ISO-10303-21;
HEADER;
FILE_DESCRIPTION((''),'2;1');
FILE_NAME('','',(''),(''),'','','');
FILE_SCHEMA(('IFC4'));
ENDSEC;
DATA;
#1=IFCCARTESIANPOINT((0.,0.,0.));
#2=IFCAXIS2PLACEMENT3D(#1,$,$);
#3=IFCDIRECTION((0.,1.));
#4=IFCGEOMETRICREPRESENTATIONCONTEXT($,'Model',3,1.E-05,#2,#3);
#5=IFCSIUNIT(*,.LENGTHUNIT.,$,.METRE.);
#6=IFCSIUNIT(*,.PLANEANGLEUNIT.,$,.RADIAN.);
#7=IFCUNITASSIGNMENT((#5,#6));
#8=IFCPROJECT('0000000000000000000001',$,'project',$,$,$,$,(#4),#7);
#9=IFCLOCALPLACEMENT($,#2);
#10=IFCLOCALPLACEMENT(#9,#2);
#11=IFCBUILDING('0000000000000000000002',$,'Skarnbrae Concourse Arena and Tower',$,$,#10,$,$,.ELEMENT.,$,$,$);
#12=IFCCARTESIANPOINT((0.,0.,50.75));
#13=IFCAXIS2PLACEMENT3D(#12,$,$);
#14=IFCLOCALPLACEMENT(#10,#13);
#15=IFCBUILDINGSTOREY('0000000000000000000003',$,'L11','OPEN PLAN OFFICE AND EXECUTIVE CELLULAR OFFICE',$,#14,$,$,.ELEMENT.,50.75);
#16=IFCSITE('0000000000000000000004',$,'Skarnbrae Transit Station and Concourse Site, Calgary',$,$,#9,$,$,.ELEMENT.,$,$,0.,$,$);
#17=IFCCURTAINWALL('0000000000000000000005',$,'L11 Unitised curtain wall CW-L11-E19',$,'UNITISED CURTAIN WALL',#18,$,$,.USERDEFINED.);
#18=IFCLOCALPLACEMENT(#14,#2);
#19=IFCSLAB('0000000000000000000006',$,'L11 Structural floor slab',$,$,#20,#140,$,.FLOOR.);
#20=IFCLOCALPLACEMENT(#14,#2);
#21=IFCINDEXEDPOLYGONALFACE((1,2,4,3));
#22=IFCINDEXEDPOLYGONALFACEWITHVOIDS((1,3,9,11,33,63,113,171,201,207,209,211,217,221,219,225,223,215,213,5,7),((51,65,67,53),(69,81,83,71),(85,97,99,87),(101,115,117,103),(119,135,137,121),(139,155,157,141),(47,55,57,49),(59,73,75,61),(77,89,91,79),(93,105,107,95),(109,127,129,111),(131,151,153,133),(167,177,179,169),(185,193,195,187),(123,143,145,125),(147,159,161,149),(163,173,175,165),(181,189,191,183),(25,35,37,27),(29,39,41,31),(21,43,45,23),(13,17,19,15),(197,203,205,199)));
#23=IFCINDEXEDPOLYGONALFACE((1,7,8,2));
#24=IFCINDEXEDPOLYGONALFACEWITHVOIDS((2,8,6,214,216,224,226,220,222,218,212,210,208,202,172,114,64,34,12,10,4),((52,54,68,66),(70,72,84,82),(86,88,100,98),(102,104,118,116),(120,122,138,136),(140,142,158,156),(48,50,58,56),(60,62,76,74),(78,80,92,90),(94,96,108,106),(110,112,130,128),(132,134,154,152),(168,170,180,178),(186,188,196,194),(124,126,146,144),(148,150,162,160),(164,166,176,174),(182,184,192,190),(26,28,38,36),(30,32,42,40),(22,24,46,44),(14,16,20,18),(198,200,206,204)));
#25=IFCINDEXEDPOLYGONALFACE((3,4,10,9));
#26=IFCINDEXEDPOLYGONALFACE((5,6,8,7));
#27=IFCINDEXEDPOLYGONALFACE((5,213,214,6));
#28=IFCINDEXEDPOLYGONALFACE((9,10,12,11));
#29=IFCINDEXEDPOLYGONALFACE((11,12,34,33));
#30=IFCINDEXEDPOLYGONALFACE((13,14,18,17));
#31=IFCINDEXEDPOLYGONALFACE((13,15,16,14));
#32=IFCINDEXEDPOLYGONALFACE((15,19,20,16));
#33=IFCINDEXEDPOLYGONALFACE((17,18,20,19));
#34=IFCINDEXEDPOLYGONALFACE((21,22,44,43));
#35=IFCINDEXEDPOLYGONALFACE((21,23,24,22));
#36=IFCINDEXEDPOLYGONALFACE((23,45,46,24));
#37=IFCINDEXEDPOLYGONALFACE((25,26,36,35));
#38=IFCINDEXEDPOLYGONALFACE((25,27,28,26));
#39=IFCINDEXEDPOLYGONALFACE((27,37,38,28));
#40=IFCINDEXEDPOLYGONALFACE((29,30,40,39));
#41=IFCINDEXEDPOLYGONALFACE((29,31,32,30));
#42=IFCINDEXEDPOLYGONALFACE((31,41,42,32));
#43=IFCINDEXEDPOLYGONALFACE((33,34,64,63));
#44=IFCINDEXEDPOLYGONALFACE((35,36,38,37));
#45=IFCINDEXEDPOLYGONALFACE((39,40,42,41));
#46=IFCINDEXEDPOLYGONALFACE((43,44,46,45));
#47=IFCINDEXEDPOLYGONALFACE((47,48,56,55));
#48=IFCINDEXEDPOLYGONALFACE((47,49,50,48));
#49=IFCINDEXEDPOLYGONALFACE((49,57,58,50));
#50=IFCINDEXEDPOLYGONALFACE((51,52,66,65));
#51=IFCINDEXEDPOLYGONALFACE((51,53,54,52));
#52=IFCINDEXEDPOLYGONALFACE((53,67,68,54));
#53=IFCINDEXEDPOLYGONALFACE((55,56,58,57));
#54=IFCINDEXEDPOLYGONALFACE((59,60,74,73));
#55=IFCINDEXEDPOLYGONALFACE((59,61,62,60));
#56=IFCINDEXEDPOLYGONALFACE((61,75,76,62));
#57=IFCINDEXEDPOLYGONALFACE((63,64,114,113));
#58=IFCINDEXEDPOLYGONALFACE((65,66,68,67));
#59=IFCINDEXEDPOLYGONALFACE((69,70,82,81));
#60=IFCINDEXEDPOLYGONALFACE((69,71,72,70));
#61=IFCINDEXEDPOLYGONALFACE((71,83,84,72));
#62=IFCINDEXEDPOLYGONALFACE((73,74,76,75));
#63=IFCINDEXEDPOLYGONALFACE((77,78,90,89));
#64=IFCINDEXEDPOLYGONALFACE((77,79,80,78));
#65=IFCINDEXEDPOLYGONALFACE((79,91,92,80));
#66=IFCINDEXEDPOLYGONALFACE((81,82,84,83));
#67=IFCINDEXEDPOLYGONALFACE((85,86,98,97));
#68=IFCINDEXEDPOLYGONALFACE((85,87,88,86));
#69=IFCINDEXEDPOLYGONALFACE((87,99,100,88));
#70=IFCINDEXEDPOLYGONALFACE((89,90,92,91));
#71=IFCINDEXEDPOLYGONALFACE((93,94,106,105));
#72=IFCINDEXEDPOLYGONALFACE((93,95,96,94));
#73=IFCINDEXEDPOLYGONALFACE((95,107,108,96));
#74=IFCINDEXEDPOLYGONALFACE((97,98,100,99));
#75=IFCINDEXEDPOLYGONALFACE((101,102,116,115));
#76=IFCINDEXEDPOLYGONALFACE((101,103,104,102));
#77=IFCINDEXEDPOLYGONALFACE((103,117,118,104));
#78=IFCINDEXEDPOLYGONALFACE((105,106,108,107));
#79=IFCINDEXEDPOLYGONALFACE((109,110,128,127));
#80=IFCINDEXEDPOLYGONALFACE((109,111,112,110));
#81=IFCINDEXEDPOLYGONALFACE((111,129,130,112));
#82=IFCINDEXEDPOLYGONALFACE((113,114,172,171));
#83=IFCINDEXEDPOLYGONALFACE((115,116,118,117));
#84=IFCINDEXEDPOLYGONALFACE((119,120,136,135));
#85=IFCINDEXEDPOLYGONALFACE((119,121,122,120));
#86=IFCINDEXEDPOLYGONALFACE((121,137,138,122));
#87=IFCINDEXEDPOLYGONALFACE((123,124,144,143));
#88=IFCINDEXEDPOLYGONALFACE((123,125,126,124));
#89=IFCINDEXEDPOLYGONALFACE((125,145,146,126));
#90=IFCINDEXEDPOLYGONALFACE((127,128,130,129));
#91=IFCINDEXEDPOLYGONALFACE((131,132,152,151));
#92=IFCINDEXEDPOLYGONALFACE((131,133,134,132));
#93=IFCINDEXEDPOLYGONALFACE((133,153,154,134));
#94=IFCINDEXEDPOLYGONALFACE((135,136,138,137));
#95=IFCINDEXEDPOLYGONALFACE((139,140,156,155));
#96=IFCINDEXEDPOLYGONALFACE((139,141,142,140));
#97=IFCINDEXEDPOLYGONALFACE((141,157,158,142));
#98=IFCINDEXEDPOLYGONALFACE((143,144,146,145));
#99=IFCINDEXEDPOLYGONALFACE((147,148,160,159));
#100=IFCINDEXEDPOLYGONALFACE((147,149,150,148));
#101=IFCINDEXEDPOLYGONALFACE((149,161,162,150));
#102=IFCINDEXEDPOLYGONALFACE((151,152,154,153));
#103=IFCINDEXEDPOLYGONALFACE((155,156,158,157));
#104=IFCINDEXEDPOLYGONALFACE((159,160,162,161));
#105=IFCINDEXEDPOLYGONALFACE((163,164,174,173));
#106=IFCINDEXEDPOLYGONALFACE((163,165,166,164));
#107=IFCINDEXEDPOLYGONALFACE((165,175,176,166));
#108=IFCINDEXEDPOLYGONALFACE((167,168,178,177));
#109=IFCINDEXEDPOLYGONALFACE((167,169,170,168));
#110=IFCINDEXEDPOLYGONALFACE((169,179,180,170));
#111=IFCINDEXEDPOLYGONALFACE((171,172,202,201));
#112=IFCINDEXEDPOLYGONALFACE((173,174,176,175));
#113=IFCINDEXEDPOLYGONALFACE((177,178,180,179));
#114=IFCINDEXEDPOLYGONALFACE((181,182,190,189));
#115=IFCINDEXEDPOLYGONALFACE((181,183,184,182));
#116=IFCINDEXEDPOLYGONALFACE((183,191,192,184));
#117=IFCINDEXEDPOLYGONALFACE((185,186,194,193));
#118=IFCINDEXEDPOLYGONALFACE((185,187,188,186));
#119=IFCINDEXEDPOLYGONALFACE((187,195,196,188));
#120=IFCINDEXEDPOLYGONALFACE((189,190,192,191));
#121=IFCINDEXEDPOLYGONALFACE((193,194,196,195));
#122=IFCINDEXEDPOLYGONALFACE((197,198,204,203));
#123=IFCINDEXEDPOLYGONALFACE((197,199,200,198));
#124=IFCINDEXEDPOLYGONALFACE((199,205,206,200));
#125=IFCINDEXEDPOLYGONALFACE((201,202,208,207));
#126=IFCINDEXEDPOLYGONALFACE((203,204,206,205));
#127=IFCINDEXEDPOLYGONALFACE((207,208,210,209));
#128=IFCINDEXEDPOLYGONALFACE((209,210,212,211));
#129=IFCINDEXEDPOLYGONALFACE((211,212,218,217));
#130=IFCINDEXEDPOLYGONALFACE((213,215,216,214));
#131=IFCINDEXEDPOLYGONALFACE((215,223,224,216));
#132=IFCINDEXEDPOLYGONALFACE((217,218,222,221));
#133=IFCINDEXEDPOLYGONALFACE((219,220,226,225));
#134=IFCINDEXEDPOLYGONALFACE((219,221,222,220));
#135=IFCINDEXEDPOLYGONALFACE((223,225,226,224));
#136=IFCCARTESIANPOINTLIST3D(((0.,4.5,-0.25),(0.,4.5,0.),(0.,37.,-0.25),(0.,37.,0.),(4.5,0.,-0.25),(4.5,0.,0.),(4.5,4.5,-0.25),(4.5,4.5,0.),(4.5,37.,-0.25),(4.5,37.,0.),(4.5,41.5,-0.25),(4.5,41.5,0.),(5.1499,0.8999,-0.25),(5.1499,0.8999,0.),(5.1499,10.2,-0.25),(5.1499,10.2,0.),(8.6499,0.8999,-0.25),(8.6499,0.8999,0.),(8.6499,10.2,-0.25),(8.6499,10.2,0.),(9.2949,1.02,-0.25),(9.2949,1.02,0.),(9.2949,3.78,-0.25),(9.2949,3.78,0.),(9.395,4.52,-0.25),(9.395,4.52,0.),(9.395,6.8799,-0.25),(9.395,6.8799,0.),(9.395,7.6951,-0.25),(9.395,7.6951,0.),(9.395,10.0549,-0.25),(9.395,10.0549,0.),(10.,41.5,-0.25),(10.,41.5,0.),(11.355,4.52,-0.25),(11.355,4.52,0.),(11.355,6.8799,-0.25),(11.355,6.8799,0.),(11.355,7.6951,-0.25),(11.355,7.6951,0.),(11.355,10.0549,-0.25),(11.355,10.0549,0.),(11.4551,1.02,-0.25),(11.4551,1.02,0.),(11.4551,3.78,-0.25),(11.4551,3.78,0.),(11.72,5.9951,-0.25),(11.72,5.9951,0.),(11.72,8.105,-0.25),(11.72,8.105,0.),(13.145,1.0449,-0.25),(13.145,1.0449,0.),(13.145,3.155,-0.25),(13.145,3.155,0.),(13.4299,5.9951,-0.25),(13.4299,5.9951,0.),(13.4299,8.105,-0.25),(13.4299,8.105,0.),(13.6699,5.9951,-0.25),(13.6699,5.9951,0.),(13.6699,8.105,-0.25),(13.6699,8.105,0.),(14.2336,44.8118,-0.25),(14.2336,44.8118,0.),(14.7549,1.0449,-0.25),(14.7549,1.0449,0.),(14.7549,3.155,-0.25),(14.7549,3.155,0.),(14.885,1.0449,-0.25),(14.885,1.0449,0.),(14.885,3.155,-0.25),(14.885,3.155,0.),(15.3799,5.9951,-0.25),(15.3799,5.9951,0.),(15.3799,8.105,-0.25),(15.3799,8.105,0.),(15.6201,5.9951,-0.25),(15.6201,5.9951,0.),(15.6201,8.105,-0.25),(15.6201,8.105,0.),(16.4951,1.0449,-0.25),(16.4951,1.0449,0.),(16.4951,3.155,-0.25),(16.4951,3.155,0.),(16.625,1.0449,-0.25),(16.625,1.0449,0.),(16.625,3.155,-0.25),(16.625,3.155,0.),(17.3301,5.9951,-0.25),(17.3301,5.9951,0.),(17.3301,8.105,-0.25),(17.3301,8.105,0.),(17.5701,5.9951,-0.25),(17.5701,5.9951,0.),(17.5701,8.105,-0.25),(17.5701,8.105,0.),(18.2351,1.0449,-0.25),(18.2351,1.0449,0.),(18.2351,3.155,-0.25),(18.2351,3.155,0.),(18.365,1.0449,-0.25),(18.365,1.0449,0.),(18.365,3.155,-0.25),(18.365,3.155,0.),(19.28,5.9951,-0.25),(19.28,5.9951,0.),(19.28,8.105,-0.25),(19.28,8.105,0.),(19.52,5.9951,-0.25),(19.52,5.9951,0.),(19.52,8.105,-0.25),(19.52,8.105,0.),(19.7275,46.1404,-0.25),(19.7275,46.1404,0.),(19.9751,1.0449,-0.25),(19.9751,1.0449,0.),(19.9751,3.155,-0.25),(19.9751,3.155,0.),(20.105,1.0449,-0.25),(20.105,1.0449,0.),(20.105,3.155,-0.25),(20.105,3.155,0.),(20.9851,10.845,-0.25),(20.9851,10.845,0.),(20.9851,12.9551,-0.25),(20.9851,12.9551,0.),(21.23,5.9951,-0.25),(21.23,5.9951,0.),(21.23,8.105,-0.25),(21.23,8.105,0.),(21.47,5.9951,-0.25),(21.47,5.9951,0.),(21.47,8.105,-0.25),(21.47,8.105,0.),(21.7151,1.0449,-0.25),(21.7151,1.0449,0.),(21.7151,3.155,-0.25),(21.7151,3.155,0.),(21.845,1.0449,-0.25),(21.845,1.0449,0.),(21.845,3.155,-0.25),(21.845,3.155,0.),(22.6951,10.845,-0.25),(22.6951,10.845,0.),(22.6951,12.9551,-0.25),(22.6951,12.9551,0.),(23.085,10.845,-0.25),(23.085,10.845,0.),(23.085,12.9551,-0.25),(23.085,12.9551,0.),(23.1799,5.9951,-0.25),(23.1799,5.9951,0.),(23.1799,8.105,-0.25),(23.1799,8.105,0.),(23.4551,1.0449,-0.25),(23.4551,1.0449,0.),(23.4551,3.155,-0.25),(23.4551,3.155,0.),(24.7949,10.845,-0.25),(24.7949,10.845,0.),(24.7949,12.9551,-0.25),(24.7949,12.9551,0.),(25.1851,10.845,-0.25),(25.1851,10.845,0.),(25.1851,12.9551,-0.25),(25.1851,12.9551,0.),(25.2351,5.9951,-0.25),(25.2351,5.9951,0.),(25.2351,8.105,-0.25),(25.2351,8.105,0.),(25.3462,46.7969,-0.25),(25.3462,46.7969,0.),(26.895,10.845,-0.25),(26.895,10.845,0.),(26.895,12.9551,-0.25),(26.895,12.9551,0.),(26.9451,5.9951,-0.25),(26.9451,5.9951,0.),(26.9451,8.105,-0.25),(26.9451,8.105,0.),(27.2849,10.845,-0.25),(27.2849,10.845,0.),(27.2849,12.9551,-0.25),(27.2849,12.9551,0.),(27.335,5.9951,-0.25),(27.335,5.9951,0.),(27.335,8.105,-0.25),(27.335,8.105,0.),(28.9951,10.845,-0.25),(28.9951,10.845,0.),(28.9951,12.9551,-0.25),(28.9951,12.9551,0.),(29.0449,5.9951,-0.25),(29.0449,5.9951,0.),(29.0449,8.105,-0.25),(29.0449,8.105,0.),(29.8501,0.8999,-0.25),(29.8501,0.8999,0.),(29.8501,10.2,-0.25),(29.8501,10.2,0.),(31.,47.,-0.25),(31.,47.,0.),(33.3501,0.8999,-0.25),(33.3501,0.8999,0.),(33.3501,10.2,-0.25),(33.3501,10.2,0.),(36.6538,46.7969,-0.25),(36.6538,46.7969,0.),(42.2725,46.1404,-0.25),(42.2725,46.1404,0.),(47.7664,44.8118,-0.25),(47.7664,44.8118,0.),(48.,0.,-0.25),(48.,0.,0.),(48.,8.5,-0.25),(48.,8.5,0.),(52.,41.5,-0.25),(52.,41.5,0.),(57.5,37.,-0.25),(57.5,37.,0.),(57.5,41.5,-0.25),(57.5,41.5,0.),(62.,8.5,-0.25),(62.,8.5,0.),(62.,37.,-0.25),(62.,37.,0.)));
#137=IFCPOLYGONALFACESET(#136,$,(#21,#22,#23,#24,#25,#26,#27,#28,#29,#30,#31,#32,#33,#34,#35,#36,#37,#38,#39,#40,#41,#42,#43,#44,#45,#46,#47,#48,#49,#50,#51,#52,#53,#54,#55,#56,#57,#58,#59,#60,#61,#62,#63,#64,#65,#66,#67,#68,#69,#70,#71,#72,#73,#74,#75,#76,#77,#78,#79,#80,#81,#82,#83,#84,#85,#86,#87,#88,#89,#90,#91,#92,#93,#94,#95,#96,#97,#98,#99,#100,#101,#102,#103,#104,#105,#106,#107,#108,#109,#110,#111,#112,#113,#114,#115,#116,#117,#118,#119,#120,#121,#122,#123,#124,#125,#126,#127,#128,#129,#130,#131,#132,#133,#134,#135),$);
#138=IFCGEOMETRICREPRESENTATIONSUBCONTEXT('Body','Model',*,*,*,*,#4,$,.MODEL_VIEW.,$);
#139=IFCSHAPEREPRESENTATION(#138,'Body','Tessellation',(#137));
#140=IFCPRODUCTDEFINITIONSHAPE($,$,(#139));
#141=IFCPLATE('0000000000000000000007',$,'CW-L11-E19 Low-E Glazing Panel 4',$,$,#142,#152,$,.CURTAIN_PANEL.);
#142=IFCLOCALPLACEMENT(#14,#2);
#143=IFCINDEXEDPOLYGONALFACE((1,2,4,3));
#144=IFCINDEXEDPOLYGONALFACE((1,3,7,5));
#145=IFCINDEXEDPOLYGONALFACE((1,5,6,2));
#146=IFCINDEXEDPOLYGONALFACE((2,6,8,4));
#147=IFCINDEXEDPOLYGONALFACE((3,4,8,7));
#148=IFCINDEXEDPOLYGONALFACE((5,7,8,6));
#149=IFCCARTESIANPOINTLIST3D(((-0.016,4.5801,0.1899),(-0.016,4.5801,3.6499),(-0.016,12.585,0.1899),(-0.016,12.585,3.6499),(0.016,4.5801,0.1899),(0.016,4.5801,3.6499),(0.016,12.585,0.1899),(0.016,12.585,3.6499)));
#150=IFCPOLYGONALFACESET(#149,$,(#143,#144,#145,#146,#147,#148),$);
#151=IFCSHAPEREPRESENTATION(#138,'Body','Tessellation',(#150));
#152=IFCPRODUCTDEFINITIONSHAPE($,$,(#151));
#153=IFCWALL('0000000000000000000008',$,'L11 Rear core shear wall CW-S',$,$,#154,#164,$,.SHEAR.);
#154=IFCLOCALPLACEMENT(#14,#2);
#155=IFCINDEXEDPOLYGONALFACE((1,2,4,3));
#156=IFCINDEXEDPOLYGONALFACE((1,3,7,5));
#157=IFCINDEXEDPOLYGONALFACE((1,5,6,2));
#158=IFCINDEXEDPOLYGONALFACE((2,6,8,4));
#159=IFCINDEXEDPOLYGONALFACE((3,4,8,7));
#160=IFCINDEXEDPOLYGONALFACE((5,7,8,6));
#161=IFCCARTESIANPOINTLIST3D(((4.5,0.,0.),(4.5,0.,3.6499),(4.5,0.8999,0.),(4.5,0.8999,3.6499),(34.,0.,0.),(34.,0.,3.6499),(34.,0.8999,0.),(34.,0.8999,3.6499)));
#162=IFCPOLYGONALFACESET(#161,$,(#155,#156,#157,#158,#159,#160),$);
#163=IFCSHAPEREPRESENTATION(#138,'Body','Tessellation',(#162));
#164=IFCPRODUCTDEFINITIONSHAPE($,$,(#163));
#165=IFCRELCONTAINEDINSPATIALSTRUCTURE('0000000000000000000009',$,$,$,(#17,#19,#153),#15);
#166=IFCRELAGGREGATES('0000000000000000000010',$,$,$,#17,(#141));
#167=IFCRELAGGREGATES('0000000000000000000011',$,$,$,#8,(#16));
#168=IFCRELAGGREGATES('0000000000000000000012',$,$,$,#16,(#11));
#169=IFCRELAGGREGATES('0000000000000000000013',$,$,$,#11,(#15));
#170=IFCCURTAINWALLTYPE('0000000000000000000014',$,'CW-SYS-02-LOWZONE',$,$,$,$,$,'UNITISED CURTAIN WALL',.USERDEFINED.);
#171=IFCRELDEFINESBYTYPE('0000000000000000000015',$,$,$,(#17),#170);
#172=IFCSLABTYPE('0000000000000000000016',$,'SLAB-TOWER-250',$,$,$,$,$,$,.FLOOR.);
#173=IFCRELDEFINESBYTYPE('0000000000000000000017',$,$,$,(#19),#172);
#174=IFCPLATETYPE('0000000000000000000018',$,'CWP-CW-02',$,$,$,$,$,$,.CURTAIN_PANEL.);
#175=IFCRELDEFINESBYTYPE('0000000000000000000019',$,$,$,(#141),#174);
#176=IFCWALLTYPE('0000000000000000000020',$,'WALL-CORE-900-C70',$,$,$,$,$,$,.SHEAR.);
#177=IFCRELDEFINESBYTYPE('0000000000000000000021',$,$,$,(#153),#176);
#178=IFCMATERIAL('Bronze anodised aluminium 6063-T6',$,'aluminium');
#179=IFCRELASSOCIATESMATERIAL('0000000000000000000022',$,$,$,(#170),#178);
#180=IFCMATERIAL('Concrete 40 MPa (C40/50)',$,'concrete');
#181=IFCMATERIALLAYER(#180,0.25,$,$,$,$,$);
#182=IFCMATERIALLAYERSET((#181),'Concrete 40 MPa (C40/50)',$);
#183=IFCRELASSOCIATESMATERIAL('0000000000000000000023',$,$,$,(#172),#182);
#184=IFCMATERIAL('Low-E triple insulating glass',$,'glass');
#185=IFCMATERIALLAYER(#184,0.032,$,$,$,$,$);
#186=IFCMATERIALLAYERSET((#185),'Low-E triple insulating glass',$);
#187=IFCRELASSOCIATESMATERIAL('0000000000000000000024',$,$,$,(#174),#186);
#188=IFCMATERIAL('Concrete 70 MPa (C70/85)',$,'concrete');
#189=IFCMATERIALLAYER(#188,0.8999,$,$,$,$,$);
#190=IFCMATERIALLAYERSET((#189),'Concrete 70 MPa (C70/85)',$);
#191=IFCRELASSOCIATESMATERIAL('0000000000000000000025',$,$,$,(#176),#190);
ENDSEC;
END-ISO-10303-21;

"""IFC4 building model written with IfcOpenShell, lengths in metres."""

from ifc_helpers import new_model, si_unit, direction, frame, frame_2d, origin, origin_2d, place, context, subcontext, project, spatial, polyline, rectangle, outline, extrude, source, transform, mapped, material, layer, layer_set, type_object, element, aggregate, save


model = new_model("IFC4")

# Units and contexts
model_context = context("Model", 3, precision=1e-05, world=origin(), true_north=direction((0.0, 1.0)))
body_context = subcontext(model_context, "Body", "Model", "MODEL_VIEW")
ifc_project = project(units=[si_unit("LENGTHUNIT", "METRE"), si_unit("PLANEANGLEUNIT", "RADIAN")], contexts=[model_context])

# Site, building, storey
site_placement = place(None, origin())
site = spatial("IfcSite", under=ifc_project, at=site_placement, Name="Skarnbrae Transit Station and Concourse Site, Calgary", CompositionType="ELEMENT", RefElevation=0.0)
building_placement = place(site_placement, origin())
building = spatial("IfcBuilding", under=site, at=building_placement, Name="Skarnbrae Concourse Arena and Tower", CompositionType="ELEMENT")
storey_placement = place(building_placement, frame((0.0, 0.0, 50.75)))
storey = spatial("IfcBuildingStorey", under=building, at=storey_placement, Name="L11", Description="OPEN PLAN OFFICE AND EXECUTIVE CELLULAR OFFICE", CompositionType="ELEMENT", Elevation=50.75)

# Curtain wall
ifc_material_1 = material(Name="Bronze anodised aluminium 6063-T6", Category="aluminium")
curtain_wall_type = type_object("IfcCurtainWallType", Name="CW-SYS-02-LOWZONE", ElementType="UNITISED CURTAIN WALL", PredefinedType="USERDEFINED", material=ifc_material_1)
curtain_wall_placement = place(storey_placement, origin())
curtain_wall = element("IfcCurtainWall", 1, at=curtain_wall_placement, inside=storey, type_object=curtain_wall_type, Name="L11 Unitised curtain wall CW-L11-E19", ObjectType="UNITISED CURTAIN WALL", PredefinedType="USERDEFINED")

# Shared definitions
ifc_material_2 = material(Name="Concrete 40 MPa (C40/50)", Category="concrete")

# Slab
ifc_layer_1 = layer(ifc_material_2, 0.25)
ifc_layer_set_1 = layer_set([ifc_layer_1], Name="Concrete 40 MPa (C40/50)")
slab_type_1 = type_object("IfcSlabType", Name="SLAB-TOWER-250", PredefinedType="FLOOR", material=ifc_layer_set_1)
slab_1_placement = place(storey_placement, frame((0.0, 0.0, -0.25)))
element("IfcSlab", 2, at=slab_1_placement, inside=storey, type_object=slab_type_1, Name="L11 Structural floor slab", PredefinedType="FLOOR", context=body_context, shape_type="SweptSolid", body=[
    extrude(outline(polyline([(4.5, 0.0), (48.0, 0.0), (48.0, 8.5), (62.0, 8.5), (62.0, 37.0), (57.5, 37.0), (57.5, 41.5), (52.0, 41.5), (47.7664, 44.8118), (42.2725, 46.1404), (36.6538, 46.7969), (31.0, 47.0), (25.3462, 46.7969), (19.7275, 46.1404), (14.2336, 44.8118), (10.0, 41.5), (4.5, 41.5), (4.5, 37.0), (0.0, 37.0), (0.0, 4.5), (4.5, 4.5), (4.5, 0.0)]), holes=[polyline([(13.145, 3.155), (14.7549, 3.155), (14.7549, 1.0449), (13.145, 1.0449), (13.145, 3.155)]), polyline([(16.4951, 3.155), (16.4951, 1.0449), (14.885, 1.0449), (14.885, 3.155), (16.4951, 3.155)]), polyline([(18.2351, 3.155), (18.2351, 1.0449), (16.625, 1.0449), (16.625, 3.155), (18.2351, 3.155)]), polyline([(18.365, 3.155), (19.9751, 3.155), (19.9751, 1.0449), (18.365, 1.0449), (18.365, 3.155)]), polyline([(11.4551, 3.78), (11.4551, 1.02), (9.2949, 1.02), (9.2949, 3.78), (11.4551, 3.78)]), polyline([(8.6499, 0.8999), (5.1499, 0.8999), (5.1499, 10.2), (8.6499, 10.2), (8.6499, 0.8999)]), polyline([(9.395, 6.8799), (11.355, 6.8799), (11.355, 4.52), (9.395, 4.52), (9.395, 6.8799)]), polyline([(13.4299, 8.105), (13.4299, 5.9951), (11.72, 5.9951), (11.72, 8.105), (13.4299, 8.105)]), polyline([(15.3799, 8.105), (15.3799, 5.9951), (13.6699, 5.9951), (13.6699, 8.105), (15.3799, 8.105)]), polyline([(15.6201, 8.105), (17.3301, 8.105), (17.3301, 5.9951), (15.6201, 5.9951), (15.6201, 8.105)]), polyline([(19.28, 8.105), (19.28, 5.9951), (17.5701, 5.9951), (17.5701, 8.105), (19.28, 8.105)]), polyline([(11.355, 10.0549), (11.355, 7.6951), (9.395, 7.6951), (9.395, 10.0549), (11.355, 10.0549)]), polyline([(21.7151, 3.155), (21.7151, 1.0449), (20.105, 1.0449), (20.105, 3.155), (21.7151, 3.155)]), polyline([(23.4551, 3.155), (23.4551, 1.0449), (21.845, 1.0449), (21.845, 3.155), (23.4551, 3.155)]), polyline([(33.3501, 10.2), (33.3501, 0.8999), (29.8501, 0.8999), (29.8501, 10.2), (33.3501, 10.2)]), polyline([(21.23, 8.105), (21.23, 5.9951), (19.52, 5.9951), (19.52, 8.105), (21.23, 8.105)]), polyline([(23.1799, 8.105), (23.1799, 5.9951), (21.47, 5.9951), (21.47, 8.105), (23.1799, 8.105)]), polyline([(25.2351, 8.105), (26.9451, 8.105), (26.9451, 5.9951), (25.2351, 5.9951), (25.2351, 8.105)]), polyline([(29.0449, 8.105), (29.0449, 5.9951), (27.335, 5.9951), (27.335, 8.105), (29.0449, 8.105)]), polyline([(22.6951, 12.9551), (22.6951, 10.845), (20.9851, 10.845), (20.9851, 12.9551), (22.6951, 12.9551)]), polyline([(23.085, 12.9551), (24.7949, 12.9551), (24.7949, 10.845), (23.085, 10.845), (23.085, 12.9551)]), polyline([(26.895, 12.9551), (26.895, 10.845), (25.1851, 10.845), (25.1851, 12.9551), (26.895, 12.9551)]), polyline([(28.9951, 12.9551), (28.9951, 10.845), (27.2849, 10.845), (27.2849, 12.9551), (28.9951, 12.9551)])]), origin(), (0.0, 0.0, 1.0), 0.25),
])

# Plate
ifc_material_3 = material(Name="Low-E triple insulating glass", Category="glass")
ifc_layer_2 = layer(ifc_material_3, 0.032)
ifc_layer_set_2 = layer_set([ifc_layer_2], Name="Low-E triple insulating glass")
plate_type = type_object("IfcPlateType", Name="CWP-CW-02", PredefinedType="CURTAIN_PANEL", material=ifc_layer_set_2)
shared_shape_1 = source(origin(), body_context, "Body", "SweptSolid", [
    extrude(rectangle(XDim=8.0049, YDim=0.032, at=origin_2d()), origin(), (0.0, 0.0, 1.0), 3.46),
])
plate_placement = place(storey_placement, frame((0.0, 8.5825, 0.1899), z_axis=(0.0, 0.0, 1.0), x_axis=(0.0, -1.0, 0.0)))
plate = element("IfcPlate", 3, at=plate_placement, type_object=plate_type, Name="CW-L11-E19 Low-E Glazing Panel 4", PredefinedType="CURTAIN_PANEL", context=body_context, shape_type="MappedRepresentation", body=[
    mapped(shared_shape_1, transform((0.0, 0.0, 0.0))),
])
aggregate(curtain_wall, [plate])

# Wall
ifc_material_4 = material(Name="Concrete 70 MPa (C70/85)", Category="concrete")
ifc_layer_3 = layer(ifc_material_4, 0.8999)
ifc_layer_set_3 = layer_set([ifc_layer_3], Name="Concrete 70 MPa (C70/85)")
wall_type_1 = type_object("IfcWallType", Name="WALL-CORE-900-C70", PredefinedType="SHEAR", material=ifc_layer_set_3)
shared_shape_2 = source(origin(), body_context, "Body", "SweptSolid", [
    extrude(rectangle(XDim=29.5, YDim=0.8999, at=frame_2d((14.75, 0.0))), origin(), (0.0, 0.0, 1.0), 3.6499),
])
wall_1_placement = place(storey_placement, frame((4.5, 0.45, 0.0), z_axis=(0.0, 0.0, 1.0), x_axis=(1.0, 0.0, 0.0)))
element("IfcWall", 4, at=wall_1_placement, inside=storey, type_object=wall_type_1, Name="L11 Rear core shear wall CW-S", PredefinedType="SHEAR", context=body_context, shape_type="MappedRepresentation", body=[
    mapped(shared_shape_2, transform((0.0, 0.0, 0.0))),
])

save(model, "model.ifc")
